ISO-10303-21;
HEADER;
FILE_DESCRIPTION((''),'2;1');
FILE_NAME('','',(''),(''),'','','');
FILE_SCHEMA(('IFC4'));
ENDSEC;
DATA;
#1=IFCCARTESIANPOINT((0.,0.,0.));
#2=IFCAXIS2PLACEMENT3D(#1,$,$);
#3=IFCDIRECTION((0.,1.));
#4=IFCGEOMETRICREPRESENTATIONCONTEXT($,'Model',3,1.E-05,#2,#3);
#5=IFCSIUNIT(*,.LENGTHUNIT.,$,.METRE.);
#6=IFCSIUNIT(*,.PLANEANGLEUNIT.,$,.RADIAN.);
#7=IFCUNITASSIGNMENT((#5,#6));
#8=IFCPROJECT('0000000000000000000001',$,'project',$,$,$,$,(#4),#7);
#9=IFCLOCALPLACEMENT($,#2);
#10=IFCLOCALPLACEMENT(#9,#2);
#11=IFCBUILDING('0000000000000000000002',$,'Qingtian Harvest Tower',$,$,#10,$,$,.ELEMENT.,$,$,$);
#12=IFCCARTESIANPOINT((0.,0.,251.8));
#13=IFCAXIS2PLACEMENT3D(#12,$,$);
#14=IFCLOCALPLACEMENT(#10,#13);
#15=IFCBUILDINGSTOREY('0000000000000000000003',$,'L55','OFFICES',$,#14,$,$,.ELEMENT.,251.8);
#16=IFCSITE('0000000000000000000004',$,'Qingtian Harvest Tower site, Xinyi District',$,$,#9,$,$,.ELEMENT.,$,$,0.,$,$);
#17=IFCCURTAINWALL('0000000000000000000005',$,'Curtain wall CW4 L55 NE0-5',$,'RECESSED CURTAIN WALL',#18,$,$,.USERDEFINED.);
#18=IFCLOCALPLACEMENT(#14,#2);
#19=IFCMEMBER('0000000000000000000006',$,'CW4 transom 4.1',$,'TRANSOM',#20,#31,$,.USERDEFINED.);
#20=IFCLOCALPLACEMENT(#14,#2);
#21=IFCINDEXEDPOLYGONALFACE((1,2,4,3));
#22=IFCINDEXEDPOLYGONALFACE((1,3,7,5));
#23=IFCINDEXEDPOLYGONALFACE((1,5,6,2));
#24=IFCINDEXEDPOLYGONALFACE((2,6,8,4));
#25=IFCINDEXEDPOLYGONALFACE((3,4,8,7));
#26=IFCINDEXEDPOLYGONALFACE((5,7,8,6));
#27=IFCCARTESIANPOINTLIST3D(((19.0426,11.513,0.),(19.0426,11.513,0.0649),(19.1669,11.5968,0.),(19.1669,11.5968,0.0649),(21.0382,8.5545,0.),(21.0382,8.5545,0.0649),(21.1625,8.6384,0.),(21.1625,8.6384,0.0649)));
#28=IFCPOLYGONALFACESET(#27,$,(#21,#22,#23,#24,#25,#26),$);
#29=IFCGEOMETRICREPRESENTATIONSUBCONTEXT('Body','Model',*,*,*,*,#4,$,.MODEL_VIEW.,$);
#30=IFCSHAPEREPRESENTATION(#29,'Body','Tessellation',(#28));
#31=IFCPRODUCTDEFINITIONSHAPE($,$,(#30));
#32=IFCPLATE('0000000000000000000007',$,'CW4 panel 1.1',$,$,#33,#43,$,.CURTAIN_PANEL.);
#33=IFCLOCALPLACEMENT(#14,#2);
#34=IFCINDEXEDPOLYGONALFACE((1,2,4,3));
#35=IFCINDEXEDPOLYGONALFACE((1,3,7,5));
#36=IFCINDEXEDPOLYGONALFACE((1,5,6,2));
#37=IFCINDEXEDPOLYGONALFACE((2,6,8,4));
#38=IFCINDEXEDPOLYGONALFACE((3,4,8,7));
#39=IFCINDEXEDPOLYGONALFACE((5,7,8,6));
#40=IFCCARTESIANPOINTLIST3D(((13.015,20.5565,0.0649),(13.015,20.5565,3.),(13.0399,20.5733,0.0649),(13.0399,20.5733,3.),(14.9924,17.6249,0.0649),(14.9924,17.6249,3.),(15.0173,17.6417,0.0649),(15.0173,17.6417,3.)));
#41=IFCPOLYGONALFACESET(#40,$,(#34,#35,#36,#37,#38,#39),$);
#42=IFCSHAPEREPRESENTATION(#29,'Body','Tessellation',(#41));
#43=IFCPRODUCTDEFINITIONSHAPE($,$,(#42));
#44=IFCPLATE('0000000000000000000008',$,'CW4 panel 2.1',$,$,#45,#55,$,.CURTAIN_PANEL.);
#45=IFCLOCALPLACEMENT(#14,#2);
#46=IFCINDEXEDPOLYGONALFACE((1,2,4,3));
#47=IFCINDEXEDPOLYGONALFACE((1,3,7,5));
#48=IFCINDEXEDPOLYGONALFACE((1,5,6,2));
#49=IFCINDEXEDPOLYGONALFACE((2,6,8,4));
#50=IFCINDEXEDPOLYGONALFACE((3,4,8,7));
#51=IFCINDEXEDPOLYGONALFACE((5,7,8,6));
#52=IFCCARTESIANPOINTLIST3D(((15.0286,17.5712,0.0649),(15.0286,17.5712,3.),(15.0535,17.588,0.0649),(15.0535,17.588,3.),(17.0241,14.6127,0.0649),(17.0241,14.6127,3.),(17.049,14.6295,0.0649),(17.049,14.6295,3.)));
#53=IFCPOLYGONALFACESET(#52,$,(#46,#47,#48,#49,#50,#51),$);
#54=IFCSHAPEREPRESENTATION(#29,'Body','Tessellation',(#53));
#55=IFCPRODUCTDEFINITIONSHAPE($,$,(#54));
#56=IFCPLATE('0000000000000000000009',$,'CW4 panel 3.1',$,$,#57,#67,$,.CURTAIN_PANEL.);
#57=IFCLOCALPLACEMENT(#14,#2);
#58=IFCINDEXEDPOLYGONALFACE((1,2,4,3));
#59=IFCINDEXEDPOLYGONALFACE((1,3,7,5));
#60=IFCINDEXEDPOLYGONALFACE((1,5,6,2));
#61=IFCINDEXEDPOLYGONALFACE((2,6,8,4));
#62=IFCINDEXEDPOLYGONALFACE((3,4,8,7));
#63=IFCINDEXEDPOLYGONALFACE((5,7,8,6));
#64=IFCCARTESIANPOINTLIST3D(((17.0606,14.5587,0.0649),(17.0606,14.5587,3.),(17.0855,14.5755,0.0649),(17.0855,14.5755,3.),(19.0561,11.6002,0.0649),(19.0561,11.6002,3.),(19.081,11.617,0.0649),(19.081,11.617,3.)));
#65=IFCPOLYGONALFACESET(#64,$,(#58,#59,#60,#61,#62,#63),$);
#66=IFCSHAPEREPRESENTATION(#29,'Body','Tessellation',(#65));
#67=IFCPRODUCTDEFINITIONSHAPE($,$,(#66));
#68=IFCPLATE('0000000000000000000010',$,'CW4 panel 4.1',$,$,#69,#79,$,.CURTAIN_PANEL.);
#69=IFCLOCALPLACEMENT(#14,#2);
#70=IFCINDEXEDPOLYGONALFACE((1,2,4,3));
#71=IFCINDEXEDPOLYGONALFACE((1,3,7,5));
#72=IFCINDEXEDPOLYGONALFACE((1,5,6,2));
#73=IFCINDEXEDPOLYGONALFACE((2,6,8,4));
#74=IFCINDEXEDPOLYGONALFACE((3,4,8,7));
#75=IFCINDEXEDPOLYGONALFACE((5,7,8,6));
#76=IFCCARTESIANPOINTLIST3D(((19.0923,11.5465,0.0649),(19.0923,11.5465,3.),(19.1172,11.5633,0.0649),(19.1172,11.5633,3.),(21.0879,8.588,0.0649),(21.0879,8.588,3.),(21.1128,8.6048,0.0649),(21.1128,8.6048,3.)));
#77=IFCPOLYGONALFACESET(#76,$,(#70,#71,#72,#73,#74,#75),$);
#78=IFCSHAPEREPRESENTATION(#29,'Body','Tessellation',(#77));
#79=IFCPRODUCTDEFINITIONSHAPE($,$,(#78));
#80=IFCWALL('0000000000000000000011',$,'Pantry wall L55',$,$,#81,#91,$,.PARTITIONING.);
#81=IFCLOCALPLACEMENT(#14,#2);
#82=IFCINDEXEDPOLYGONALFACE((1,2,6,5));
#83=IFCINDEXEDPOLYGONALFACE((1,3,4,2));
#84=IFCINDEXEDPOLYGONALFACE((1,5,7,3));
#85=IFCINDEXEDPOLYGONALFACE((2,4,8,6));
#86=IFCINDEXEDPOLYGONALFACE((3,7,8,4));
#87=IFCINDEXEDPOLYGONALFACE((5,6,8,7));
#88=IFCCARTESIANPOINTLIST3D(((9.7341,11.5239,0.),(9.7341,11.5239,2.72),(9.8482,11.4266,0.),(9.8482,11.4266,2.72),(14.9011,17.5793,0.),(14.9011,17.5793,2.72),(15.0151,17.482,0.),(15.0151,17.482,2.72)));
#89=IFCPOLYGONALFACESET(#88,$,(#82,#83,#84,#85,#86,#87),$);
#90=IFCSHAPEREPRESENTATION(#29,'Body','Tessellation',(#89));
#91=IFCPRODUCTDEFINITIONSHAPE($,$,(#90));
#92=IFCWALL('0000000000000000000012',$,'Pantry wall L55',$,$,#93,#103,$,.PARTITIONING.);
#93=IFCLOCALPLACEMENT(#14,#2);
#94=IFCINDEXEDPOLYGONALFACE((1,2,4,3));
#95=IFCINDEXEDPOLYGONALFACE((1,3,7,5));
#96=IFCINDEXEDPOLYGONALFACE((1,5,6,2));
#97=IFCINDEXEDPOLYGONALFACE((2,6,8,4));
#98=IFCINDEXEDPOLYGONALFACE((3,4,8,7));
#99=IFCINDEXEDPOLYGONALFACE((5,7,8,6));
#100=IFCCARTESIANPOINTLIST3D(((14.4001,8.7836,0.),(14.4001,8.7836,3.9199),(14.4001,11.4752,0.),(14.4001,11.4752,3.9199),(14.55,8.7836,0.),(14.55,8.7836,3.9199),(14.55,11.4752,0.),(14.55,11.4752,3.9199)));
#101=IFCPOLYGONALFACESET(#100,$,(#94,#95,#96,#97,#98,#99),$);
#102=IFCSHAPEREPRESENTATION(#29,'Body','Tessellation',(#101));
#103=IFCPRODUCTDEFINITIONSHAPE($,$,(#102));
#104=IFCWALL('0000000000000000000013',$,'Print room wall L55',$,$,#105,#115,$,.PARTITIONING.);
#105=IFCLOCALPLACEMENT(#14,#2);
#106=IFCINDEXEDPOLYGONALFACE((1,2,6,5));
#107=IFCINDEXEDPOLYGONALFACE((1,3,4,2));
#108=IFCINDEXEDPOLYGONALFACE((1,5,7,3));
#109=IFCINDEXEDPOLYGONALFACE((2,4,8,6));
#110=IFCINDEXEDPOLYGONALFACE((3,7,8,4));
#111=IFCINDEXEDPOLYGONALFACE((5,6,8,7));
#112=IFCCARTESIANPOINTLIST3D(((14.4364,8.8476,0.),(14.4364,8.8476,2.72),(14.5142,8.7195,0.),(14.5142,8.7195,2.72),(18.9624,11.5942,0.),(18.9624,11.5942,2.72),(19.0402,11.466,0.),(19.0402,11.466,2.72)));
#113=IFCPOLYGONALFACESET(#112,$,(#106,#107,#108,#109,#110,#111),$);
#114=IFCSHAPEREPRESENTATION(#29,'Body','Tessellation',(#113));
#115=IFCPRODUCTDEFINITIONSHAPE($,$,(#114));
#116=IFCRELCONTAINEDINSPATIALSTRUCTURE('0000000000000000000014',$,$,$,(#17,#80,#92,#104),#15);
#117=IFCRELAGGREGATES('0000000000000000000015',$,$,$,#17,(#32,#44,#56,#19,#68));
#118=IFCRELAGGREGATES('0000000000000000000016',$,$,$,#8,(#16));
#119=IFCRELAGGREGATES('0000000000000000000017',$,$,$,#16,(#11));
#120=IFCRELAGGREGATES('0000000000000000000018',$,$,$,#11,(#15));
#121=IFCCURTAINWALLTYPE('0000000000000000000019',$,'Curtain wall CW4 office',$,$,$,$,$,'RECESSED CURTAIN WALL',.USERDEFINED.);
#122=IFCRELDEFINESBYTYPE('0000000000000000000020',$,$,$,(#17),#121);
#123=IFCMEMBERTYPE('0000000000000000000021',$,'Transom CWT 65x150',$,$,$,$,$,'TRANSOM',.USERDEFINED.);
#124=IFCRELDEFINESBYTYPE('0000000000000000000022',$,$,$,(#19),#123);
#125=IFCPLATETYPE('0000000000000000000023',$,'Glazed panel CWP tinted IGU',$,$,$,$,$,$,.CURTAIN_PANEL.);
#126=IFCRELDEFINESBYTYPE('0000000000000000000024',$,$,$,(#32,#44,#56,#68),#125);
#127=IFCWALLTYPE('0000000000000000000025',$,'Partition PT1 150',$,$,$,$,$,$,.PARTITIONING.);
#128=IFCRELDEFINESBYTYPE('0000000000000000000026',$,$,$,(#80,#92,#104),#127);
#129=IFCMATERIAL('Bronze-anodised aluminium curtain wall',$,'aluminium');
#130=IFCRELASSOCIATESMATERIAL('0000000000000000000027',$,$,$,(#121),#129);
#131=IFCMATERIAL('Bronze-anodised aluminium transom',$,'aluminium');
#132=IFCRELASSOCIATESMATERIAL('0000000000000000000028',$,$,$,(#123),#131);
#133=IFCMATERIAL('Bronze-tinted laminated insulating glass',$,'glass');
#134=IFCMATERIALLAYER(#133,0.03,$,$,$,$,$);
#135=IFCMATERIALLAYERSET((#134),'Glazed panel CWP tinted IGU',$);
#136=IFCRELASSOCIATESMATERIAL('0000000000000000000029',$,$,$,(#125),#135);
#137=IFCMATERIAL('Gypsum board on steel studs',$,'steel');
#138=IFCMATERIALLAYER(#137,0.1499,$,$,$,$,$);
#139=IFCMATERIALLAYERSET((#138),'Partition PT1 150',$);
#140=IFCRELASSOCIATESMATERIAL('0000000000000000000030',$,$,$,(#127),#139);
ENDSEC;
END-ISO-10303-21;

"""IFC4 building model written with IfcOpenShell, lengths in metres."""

from ifc_helpers import new_model, si_unit, direction, frame, frame_2d, origin, origin_2d, place, context, subcontext, project, spatial, rectangle, extrude, material, layer, layer_set, material_profile, profile_set, type_object, element, aggregate, save


model = new_model("IFC4")

# Units and contexts
model_context = context("Model", 3, precision=1e-05, world=origin(), true_north=direction((0.0, 1.0)))
body_context = subcontext(model_context, "Body", "Model", "MODEL_VIEW")
ifc_project = project(units=[si_unit("LENGTHUNIT", "METRE"), si_unit("PLANEANGLEUNIT", "RADIAN")], contexts=[model_context])

# Site, building, storey
site_placement = place(None, origin())
site = spatial("IfcSite", under=ifc_project, at=site_placement, Name="Qingtian Harvest Tower site, Xinyi District", CompositionType="ELEMENT", RefElevation=0.0)
building_placement = place(site_placement, origin())
building = spatial("IfcBuilding", under=site, at=building_placement, Name="Qingtian Harvest Tower", CompositionType="ELEMENT")
storey_placement = place(building_placement, frame((0.0, 0.0, 251.8)))
storey = spatial("IfcBuildingStorey", under=building, at=storey_placement, Name="L55", Description="OFFICES", CompositionType="ELEMENT", Elevation=251.8)

# Curtain wall
ifc_material_1 = material(Name="Bronze-anodised aluminium curtain wall", Category="aluminium")
curtain_wall_type = type_object("IfcCurtainWallType", Name="Curtain wall CW4 office", ElementType="RECESSED CURTAIN WALL", PredefinedType="USERDEFINED", material=ifc_material_1)
curtain_wall_placement = place(storey_placement, origin())
curtain_wall = element("IfcCurtainWall", 1, at=curtain_wall_placement, inside=storey, type_object=curtain_wall_type, Name="Curtain wall CW4 L55 NE0-5", ObjectType="RECESSED CURTAIN WALL", PredefinedType="USERDEFINED")

# Member
ifc_material_2 = material(Name="Bronze-anodised aluminium transom", Category="aluminium")
ifc_material_profile_1 = material_profile(ifc_material_2, rectangle(XDim=0.1499, YDim=0.0649, at=origin_2d()), Name="AL 65x150")
ifc_profile_set_1 = profile_set([ifc_material_profile_1], Name="Bronze-anodised aluminium transom")
member_type_1 = type_object("IfcMemberType", Name="Transom CWT 65x150", ElementType="TRANSOM", PredefinedType="USERDEFINED", material=ifc_profile_set_1)
member_1_placement = place(storey_placement, frame((19.1047, 11.5549, 0.0325), z_axis=(0.559207, -0.829028, 0.0), x_axis=(0.829028, 0.559207, 0.0)))
member_1 = element("IfcMember", 2, at=member_1_placement, type_object=member_type_1, Name="CW4 transom 4.1", ObjectType="TRANSOM", PredefinedType="USERDEFINED", context=body_context, shape_type="SweptSolid", body=[
    extrude(rectangle(XDim=0.1499, YDim=0.0649, at=origin_2d()), origin(), (0.0, 0.0, 1.0), 3.5686),
])

# Plates
ifc_material_3 = material(Name="Bronze-tinted laminated insulating glass", Category="glass")
ifc_layer_1 = layer(ifc_material_3, 0.03)
ifc_layer_set_1 = layer_set([ifc_layer_1], Name="Glazed panel CWP tinted IGU")
plate_type = type_object("IfcPlateType", Name="Glazed panel CWP tinted IGU", PredefinedType="CURTAIN_PANEL", material=ifc_layer_set_1)
plate_1_placement = place(storey_placement, frame((14.0161, 19.0991, 0.0649), z_axis=(0.0, 0.0, 1.0), x_axis=(0.559193, -0.829038, 0.0)))
plate_1 = element("IfcPlate", 3, at=plate_1_placement, type_object=plate_type, Name="CW4 panel 1.1", PredefinedType="CURTAIN_PANEL", context=body_context, shape_type="SweptSolid", body=[
    extrude(rectangle(XDim=3.5361, YDim=0.03, at=origin_2d()), origin(), (0.0, 0.0, 1.0), 2.9351),
])
plate_2_placement = place(storey_placement, frame((16.0388, 16.1003, 0.0649), z_axis=(0.0, 0.0, 1.0), x_axis=(0.559193, -0.829038, 0.0)))
plate_2 = element("IfcPlate", 4, at=plate_2_placement, type_object=plate_type, Name="CW4 panel 2.1", PredefinedType="CURTAIN_PANEL", context=body_context, shape_type="SweptSolid", body=[
    extrude(rectangle(XDim=3.5686, YDim=0.03, at=origin_2d()), origin(), (0.0, 0.0, 1.0), 2.9351),
])
plate_3_placement = place(storey_placement, frame((18.0708, 13.0879, 0.0649), z_axis=(0.0, 0.0, 1.0), x_axis=(0.559193, -0.829038, 0.0)))
plate_3 = element("IfcPlate", 5, at=plate_3_placement, type_object=plate_type, Name="CW4 panel 3.1", PredefinedType="CURTAIN_PANEL", context=body_context, shape_type="SweptSolid", body=[
    extrude(rectangle(XDim=3.5686, YDim=0.03, at=origin_2d()), origin(), (0.0, 0.0, 1.0), 2.9351),
])
plate_4_placement = place(storey_placement, frame((20.1025, 10.0757, 0.0649), z_axis=(0.0, 0.0, 1.0), x_axis=(0.559193, -0.829038, 0.0)))
plate_4 = element("IfcPlate", 6, at=plate_4_placement, type_object=plate_type, Name="CW4 panel 4.1", PredefinedType="CURTAIN_PANEL", context=body_context, shape_type="SweptSolid", body=[
    extrude(rectangle(XDim=3.5686, YDim=0.03, at=origin_2d()), origin(), (0.0, 0.0, 1.0), 2.9351),
])
aggregate(curtain_wall, [plate_1, plate_2, plate_3, member_1, plate_4])

# Walls
ifc_material_4 = material(Name="Gypsum board on steel studs", Category="steel")
ifc_layer_2 = layer(ifc_material_4, 0.1499)
ifc_layer_set_2 = layer_set([ifc_layer_2], Name="Partition PT1 150")
wall_type = type_object("IfcWallType", Name="Partition PT1 150", PredefinedType="PARTITIONING", material=ifc_layer_set_2)
wall_1_placement = place(storey_placement, frame((14.958, 17.5305, 0.0), z_axis=(0.0, 0.0, 1.0), x_axis=(-0.649098, -0.760705, 0.0)))
element("IfcWall", 7, at=wall_1_placement, inside=storey, type_object=wall_type, Name="Pantry wall L55", PredefinedType="PARTITIONING", context=body_context, shape_type="SweptSolid", body=[
    extrude(rectangle(XDim=7.9602, YDim=0.1499, at=frame_2d((3.98, 0.0))), origin(), (0.0, 0.0, 1.0), 2.72),
])
wall_2_placement = place(storey_placement, frame((14.4751, 11.4751, 0.0), z_axis=(0.0, 0.0, 1.0), x_axis=(0.0, -1.0, 0.0)))
element("IfcWall", 8, at=wall_2_placement, inside=storey, type_object=wall_type, Name="Pantry wall L55", PredefinedType="PARTITIONING", context=body_context, shape_type="SweptSolid", body=[
    extrude(rectangle(XDim=2.6917, YDim=0.1499, at=frame_2d((1.3457, 0.0))), origin(), (0.0, 0.0, 1.0), 3.9199),
])
wall_3_placement = place(storey_placement, frame((19.0012, 11.53, 0.0), z_axis=(0.0, 0.0, 1.0), x_axis=(-0.854907, -0.518782, 0.0)))
element("IfcWall", 9, at=wall_3_placement, inside=storey, type_object=wall_type, Name="Print room wall L55", PredefinedType="PARTITIONING", context=body_context, shape_type="SweptSolid", body=[
    extrude(rectangle(XDim=5.2942, YDim=0.1499, at=frame_2d((2.647, 0.0))), origin(), (0.0, 0.0, 1.0), 2.72),
])

save(model, "model.ifc")
